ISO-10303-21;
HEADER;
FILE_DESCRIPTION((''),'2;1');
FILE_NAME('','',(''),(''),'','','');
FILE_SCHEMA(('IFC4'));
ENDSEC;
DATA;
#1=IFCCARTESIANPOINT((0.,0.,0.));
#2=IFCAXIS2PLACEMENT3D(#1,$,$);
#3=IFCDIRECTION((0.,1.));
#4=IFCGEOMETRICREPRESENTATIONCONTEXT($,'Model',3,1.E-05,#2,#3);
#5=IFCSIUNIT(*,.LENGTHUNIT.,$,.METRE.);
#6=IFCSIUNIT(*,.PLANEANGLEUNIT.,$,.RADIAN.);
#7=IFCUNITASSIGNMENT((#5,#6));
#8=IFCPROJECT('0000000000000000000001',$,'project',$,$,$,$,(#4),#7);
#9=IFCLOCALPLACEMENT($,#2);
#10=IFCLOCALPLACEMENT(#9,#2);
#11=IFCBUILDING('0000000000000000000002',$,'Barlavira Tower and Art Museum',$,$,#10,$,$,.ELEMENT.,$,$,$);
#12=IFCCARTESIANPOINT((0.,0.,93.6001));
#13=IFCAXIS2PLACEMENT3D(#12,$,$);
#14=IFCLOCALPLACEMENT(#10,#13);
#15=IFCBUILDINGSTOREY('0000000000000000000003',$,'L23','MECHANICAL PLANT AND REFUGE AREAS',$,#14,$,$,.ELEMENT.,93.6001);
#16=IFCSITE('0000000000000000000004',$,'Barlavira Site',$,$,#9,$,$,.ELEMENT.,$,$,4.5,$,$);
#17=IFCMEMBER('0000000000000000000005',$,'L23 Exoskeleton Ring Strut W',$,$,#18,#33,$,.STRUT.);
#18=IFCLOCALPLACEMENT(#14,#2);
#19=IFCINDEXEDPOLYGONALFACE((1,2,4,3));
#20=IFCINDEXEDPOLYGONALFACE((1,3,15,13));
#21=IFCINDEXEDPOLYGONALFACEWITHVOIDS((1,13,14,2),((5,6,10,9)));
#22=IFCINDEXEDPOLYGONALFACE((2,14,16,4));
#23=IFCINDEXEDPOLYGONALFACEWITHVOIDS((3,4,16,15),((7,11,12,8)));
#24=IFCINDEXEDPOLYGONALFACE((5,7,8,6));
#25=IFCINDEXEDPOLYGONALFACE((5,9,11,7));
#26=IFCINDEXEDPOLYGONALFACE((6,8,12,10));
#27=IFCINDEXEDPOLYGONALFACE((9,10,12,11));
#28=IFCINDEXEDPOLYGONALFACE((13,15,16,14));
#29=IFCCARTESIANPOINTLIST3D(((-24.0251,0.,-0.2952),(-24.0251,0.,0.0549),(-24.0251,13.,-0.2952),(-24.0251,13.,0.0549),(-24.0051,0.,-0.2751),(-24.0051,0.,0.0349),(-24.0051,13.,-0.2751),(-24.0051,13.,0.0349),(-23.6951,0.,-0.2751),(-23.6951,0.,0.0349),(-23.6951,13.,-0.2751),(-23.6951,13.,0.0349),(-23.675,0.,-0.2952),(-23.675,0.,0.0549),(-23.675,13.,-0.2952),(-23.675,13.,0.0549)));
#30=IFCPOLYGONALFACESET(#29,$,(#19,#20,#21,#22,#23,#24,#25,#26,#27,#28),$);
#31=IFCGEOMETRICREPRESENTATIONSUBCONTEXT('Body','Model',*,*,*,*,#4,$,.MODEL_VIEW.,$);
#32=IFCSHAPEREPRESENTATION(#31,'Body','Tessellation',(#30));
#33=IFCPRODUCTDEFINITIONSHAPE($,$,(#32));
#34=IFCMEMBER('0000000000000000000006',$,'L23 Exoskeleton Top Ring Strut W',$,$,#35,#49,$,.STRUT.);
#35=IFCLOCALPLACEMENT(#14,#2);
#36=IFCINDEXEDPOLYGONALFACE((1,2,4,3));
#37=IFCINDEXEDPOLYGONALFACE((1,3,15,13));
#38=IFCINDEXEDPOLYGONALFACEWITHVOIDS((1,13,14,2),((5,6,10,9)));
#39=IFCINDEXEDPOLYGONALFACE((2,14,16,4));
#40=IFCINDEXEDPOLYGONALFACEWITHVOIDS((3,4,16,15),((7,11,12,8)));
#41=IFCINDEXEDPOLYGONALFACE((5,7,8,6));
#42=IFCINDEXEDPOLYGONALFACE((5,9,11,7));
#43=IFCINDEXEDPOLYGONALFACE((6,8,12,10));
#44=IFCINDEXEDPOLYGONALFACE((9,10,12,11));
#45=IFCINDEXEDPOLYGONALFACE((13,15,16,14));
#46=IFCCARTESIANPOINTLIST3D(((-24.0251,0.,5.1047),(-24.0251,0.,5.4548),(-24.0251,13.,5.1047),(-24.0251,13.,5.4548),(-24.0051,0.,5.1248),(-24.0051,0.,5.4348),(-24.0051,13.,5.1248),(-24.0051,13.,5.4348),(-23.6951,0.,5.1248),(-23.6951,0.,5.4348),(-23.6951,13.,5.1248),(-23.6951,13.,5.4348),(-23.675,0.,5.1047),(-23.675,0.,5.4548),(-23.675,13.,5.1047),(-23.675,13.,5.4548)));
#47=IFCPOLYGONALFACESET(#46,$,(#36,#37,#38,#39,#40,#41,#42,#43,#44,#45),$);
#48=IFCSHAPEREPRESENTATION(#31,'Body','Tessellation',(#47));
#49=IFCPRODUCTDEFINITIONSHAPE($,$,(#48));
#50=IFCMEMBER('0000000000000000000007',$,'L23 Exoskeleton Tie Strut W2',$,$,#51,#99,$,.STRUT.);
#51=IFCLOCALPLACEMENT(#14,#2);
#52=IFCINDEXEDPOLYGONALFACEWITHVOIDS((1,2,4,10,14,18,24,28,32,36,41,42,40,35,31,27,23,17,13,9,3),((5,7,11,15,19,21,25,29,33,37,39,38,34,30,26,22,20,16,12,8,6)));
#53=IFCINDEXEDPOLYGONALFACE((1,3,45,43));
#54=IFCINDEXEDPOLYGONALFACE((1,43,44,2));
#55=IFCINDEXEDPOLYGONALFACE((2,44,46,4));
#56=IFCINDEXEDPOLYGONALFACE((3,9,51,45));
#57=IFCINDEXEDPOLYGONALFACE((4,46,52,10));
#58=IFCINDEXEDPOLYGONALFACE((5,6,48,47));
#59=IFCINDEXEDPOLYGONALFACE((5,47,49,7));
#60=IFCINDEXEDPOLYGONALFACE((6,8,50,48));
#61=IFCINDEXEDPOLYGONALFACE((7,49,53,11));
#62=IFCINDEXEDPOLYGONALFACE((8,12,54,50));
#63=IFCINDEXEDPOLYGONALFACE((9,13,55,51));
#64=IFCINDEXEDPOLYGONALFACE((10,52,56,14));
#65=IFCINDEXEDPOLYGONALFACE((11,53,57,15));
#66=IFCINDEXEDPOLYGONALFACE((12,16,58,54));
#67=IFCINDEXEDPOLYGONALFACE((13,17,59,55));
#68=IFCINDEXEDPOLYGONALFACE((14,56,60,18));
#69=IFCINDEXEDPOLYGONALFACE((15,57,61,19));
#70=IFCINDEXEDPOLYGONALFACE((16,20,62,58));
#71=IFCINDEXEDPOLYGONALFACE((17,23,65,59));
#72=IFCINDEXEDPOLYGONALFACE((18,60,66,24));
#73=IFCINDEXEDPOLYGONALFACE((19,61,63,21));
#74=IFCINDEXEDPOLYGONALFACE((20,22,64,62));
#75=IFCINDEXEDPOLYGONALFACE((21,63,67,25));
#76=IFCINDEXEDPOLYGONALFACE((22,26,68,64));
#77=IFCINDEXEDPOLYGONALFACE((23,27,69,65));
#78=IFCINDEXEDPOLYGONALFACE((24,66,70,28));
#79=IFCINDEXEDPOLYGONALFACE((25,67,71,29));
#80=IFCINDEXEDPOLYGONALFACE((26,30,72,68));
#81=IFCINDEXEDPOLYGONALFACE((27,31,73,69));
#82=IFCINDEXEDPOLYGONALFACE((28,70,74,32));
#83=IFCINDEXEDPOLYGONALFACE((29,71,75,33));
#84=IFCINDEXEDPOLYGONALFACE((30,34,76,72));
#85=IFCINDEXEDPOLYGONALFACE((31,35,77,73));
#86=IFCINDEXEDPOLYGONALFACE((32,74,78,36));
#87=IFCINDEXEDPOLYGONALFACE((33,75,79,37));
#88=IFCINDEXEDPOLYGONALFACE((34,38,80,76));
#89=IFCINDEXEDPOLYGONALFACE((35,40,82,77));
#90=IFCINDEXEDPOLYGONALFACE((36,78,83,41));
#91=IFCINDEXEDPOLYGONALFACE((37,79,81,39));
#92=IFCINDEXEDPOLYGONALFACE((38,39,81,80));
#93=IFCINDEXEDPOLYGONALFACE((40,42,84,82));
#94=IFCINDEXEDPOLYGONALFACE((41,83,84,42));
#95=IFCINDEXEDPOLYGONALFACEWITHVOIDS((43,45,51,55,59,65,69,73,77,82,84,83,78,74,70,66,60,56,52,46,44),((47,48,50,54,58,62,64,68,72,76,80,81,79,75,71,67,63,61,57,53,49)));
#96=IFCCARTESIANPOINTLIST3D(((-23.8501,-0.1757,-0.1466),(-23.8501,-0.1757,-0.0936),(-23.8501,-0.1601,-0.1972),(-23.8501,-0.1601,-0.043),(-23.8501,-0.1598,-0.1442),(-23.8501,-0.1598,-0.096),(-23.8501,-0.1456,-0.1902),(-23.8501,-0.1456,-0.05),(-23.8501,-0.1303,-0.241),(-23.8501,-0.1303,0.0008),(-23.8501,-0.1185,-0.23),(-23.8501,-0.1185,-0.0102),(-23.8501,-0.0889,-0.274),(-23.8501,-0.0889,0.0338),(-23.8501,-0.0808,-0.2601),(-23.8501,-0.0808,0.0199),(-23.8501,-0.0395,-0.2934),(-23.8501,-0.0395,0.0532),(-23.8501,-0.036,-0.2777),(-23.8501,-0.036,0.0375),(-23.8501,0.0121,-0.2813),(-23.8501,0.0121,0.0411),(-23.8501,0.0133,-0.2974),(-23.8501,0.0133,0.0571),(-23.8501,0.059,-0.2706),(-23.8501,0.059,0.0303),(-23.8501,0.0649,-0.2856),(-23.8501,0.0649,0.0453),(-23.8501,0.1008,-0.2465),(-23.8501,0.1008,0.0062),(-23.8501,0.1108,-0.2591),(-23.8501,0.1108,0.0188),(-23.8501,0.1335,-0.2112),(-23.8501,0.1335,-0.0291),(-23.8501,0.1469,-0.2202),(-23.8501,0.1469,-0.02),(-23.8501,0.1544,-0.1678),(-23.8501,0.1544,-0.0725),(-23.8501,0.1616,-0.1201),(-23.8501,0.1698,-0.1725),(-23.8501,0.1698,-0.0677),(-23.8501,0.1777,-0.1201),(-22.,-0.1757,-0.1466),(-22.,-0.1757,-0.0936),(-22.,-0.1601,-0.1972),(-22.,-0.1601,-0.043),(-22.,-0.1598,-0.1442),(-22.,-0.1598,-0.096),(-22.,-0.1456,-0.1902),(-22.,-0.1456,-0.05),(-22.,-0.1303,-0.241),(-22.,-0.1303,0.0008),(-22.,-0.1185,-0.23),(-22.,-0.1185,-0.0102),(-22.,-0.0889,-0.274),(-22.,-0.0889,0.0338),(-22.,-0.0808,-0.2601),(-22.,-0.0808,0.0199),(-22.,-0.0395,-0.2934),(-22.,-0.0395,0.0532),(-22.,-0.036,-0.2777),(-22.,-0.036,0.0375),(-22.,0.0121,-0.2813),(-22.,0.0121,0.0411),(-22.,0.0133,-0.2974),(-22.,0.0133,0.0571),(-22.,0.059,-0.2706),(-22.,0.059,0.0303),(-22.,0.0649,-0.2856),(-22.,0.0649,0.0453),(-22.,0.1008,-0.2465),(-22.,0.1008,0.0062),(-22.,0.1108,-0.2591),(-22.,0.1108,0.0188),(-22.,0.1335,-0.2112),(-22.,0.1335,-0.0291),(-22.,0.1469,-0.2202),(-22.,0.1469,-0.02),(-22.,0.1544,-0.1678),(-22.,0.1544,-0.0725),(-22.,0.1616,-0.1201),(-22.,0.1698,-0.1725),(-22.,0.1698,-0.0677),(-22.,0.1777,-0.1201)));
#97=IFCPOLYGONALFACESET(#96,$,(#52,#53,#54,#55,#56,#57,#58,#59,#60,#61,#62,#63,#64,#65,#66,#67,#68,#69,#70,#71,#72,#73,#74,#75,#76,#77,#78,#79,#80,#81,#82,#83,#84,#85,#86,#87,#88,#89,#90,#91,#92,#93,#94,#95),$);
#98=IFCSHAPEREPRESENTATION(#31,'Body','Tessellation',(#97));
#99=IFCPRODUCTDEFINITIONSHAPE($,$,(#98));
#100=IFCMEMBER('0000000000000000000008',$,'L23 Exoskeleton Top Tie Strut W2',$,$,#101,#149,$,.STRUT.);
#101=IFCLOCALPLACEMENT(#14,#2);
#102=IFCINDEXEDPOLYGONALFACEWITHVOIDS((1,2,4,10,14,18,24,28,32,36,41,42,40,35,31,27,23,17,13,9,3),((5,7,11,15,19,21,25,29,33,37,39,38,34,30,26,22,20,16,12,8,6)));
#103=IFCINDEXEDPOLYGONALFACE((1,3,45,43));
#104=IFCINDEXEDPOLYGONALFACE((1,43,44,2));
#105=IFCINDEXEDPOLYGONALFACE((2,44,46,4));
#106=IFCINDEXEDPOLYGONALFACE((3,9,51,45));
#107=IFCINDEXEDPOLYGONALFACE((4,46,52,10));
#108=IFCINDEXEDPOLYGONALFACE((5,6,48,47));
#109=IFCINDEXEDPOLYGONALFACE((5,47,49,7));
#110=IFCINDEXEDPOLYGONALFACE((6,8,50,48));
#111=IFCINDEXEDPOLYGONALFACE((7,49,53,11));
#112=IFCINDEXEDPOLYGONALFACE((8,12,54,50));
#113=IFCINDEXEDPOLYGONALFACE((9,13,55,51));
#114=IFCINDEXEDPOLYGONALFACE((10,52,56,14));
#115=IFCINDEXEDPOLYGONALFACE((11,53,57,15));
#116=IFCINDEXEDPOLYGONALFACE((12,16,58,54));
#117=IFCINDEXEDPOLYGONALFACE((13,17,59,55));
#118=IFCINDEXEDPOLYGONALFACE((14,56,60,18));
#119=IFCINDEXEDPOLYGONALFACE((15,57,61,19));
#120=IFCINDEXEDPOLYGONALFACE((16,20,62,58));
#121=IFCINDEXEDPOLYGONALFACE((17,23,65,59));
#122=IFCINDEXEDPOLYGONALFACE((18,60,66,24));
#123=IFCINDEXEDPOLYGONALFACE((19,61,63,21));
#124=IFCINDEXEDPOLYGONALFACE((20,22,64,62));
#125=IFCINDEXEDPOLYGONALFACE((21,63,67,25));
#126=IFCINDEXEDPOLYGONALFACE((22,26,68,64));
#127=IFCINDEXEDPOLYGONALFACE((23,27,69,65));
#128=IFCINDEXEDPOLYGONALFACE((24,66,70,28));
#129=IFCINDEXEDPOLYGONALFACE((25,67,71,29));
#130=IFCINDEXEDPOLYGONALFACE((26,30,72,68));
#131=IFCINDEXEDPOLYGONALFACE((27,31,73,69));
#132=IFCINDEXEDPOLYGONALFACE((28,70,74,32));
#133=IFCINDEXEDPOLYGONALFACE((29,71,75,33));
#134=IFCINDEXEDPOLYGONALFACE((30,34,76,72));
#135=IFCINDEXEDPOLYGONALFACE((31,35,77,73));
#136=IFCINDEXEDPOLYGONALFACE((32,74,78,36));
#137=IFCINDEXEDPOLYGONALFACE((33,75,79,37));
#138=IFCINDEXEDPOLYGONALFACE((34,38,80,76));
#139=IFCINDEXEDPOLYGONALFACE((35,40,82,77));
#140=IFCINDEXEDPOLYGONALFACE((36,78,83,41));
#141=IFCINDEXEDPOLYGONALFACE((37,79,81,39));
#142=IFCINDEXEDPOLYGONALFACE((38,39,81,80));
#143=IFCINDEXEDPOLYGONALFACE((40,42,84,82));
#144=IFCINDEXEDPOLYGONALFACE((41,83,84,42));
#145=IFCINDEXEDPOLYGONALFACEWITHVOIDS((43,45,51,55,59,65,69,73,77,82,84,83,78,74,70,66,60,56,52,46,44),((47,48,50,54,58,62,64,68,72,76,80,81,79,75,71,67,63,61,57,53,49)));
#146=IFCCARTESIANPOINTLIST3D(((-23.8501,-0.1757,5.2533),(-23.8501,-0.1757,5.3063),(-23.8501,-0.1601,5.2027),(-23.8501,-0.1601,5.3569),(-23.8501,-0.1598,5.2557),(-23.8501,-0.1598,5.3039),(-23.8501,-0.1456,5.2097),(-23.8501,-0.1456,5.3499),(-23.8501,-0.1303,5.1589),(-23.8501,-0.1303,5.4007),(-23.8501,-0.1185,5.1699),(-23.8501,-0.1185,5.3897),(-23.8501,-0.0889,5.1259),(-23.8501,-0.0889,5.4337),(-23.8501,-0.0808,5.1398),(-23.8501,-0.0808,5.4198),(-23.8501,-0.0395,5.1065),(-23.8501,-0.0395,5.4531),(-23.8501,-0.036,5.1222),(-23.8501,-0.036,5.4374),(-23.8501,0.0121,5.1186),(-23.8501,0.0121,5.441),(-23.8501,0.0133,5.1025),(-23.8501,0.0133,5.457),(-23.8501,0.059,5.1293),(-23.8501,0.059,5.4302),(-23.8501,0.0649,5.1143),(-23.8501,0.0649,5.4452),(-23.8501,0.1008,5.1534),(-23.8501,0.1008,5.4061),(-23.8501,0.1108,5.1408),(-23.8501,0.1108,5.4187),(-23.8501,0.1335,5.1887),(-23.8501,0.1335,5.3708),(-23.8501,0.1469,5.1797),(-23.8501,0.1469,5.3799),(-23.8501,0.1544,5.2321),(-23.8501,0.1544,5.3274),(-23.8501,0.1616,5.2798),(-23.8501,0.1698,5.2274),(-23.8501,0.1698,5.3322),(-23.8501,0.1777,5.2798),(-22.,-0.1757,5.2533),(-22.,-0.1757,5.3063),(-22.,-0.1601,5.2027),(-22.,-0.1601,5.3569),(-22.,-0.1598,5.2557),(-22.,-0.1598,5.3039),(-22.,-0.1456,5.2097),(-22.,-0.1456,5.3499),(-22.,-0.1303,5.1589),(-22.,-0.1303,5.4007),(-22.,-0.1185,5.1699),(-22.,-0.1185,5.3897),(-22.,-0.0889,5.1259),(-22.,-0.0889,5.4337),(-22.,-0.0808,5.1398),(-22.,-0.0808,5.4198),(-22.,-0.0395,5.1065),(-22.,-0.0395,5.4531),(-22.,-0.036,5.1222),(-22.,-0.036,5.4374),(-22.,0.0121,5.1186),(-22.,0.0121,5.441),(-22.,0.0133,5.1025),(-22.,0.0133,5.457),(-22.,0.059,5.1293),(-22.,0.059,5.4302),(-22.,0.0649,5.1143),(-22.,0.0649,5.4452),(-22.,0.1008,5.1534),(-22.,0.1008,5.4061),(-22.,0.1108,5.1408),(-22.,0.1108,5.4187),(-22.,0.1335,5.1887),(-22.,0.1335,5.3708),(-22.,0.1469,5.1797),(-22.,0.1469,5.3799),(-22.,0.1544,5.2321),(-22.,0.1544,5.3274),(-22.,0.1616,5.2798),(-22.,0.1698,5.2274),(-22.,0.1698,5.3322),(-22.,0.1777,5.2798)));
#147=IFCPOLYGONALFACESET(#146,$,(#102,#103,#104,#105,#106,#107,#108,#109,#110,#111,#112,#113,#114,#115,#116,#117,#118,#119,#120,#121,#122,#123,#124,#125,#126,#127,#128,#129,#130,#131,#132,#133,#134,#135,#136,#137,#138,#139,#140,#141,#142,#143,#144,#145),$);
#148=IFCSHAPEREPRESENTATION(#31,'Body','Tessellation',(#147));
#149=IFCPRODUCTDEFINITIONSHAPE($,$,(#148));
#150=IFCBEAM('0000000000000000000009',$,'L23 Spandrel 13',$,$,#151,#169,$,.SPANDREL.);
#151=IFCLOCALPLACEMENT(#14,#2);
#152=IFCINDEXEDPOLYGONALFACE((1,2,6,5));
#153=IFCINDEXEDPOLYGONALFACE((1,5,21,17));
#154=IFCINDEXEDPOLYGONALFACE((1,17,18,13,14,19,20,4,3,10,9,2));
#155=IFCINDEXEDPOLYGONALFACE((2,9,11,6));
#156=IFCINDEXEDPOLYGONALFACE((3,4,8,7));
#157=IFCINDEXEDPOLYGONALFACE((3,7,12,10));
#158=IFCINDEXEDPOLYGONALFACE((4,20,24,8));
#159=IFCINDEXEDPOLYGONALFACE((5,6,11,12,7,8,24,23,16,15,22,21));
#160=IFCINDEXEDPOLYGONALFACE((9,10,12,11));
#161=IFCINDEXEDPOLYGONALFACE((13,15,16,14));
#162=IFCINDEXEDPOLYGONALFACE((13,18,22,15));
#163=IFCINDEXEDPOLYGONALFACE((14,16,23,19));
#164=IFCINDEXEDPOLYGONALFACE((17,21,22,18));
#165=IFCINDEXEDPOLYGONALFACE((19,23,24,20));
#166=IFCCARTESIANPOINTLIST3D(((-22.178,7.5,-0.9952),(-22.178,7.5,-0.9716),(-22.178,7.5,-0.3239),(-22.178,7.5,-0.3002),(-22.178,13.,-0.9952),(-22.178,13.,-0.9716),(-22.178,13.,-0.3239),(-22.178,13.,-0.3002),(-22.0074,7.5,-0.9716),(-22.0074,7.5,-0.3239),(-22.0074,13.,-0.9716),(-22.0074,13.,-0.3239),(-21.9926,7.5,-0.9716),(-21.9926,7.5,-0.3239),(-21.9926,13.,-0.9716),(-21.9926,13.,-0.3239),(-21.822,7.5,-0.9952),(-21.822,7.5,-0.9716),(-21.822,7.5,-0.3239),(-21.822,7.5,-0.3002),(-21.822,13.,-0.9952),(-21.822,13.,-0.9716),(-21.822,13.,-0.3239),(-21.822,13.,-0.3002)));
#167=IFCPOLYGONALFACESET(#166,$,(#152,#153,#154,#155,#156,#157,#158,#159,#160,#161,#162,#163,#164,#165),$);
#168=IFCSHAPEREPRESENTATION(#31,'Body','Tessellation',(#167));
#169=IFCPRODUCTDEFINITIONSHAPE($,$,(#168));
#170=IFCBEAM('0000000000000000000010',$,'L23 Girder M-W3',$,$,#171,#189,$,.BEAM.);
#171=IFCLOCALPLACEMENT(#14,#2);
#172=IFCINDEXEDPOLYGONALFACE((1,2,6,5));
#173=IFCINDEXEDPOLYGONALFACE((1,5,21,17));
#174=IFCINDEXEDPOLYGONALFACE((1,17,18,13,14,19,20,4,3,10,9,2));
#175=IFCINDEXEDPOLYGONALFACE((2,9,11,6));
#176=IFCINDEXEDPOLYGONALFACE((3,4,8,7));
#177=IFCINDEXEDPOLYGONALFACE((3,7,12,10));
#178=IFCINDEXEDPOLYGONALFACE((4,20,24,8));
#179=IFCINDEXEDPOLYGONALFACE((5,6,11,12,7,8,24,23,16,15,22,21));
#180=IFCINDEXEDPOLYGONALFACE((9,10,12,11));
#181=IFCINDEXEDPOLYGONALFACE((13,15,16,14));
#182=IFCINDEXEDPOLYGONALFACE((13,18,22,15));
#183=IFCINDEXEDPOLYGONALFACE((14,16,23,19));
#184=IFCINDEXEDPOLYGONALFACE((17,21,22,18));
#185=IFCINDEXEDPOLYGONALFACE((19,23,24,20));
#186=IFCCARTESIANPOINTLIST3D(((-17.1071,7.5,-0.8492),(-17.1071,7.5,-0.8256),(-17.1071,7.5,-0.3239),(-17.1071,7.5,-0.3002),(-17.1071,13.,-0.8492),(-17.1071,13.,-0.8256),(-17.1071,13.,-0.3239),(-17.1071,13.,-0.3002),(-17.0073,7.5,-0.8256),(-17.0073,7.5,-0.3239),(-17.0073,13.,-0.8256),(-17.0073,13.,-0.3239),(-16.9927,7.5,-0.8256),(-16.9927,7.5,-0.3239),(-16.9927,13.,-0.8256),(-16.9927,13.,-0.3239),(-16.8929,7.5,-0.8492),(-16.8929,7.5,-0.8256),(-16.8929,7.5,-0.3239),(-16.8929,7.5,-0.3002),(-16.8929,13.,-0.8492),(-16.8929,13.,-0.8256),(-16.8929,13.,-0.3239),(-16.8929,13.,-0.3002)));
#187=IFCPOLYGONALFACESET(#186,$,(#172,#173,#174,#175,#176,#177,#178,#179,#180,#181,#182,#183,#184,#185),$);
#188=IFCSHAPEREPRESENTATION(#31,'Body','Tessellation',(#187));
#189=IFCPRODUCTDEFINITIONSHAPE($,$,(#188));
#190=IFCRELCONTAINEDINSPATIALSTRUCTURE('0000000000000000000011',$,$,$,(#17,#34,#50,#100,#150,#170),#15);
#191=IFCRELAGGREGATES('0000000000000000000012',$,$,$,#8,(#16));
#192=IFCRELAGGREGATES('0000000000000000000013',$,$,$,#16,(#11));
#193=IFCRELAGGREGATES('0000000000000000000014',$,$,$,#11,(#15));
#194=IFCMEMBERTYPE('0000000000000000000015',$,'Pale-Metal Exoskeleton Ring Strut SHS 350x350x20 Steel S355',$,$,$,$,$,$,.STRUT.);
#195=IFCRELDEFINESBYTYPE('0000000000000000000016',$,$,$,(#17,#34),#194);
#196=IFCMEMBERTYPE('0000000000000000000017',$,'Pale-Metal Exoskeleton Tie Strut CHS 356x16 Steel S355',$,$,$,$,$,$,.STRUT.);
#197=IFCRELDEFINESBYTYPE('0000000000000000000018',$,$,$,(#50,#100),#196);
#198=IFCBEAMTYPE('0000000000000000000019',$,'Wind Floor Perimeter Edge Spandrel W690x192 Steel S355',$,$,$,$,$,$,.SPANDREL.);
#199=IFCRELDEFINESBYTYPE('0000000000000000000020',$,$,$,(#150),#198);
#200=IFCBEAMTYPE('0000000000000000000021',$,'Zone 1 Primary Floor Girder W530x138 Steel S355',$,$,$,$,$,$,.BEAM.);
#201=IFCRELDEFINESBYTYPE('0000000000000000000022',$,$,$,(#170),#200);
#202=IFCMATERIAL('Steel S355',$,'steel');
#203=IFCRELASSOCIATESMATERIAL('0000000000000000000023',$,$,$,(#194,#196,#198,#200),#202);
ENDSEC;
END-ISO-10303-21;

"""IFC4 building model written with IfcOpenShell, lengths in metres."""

from ifc_helpers import new_model, si_unit, direction, frame, origin, origin_2d, place, context, subcontext, project, spatial, hollow_rectangle, hollow_circle, i_section, extrude, material, material_profile, profile_set, type_object, element, save


model = new_model("IFC4")

# Units and contexts
model_context = context("Model", 3, precision=1e-05, world=origin(), true_north=direction((0.0, 1.0)))
body_context = subcontext(model_context, "Body", "Model", "MODEL_VIEW")
ifc_project = project(units=[si_unit("LENGTHUNIT", "METRE"), si_unit("PLANEANGLEUNIT", "RADIAN")], contexts=[model_context])

# Site, building, storey
site_placement = place(None, origin())
site = spatial("IfcSite", under=ifc_project, at=site_placement, Name="Barlavira Site", CompositionType="ELEMENT", RefElevation=4.5)
building_placement = place(site_placement, origin())
building = spatial("IfcBuilding", under=site, at=building_placement, Name="Barlavira Tower and Art Museum", CompositionType="ELEMENT")
storey_placement = place(building_placement, frame((0.0, 0.0, 93.6001)))
storey = spatial("IfcBuildingStorey", under=building, at=storey_placement, Name="L23", Description="MECHANICAL PLANT AND REFUGE AREAS", CompositionType="ELEMENT", Elevation=93.6001)

# Members
ifc_material_1 = material(Name="Steel S355", Category="steel")
ifc_material_profile_1 = material_profile(ifc_material_1, hollow_rectangle(XDim=0.3501, YDim=0.3501, WallThickness=0.02, at=origin_2d()), Name="SHS 350x350x20.0")
ifc_profile_set_1 = profile_set([ifc_material_profile_1], Name="Steel S355")
member_type_1 = type_object("IfcMemberType", Name="Pale-Metal Exoskeleton Ring Strut SHS 350x350x20 Steel S355", PredefinedType="STRUT", material=ifc_profile_set_1)
for number, where, z_axis, x_axis, name in (
    (1, (-23.8501, 0.0, -0.1201), (0.0, 1.0, 0.0), (-1.0, 0.0, 0.0), "L23 Exoskeleton Ring Strut W"),
    (2, (-23.8501, 0.0, 5.2798), (0.0, 1.0, 0.0), (-1.0, 0.0, 0.0), "L23 Exoskeleton Top Ring Strut W"),
):
    element("IfcMember", number, at=place(storey_placement, frame(where, z_axis=z_axis, x_axis=x_axis)), inside=storey, type_object=member_type_1, Name=name, PredefinedType="STRUT", context=body_context, shape_type="SweptSolid", body=[
        extrude(hollow_rectangle(XDim=0.3501, YDim=0.3501, WallThickness=0.02, at=origin_2d()), origin(), (0.0, 0.0, 1.0), 13.0),
    ])
ifc_material_profile_2 = material_profile(ifc_material_1, hollow_circle(Radius=0.1777, WallThickness=0.0161, at=origin_2d()), Name="CHS 355.6x16.0")
ifc_profile_set_2 = profile_set([ifc_material_profile_2], Name="Steel S355")
member_type_2 = type_object("IfcMemberType", Name="Pale-Metal Exoskeleton Tie Strut CHS 356x16 Steel S355", PredefinedType="STRUT", material=ifc_profile_set_2)
for number, where, z_axis, x_axis, name in (
    (3, (-23.8501, 0.0, -0.1201), (1.0, 0.0, 0.0), (0.0, 1.0, 0.0), "L23 Exoskeleton Tie Strut W2"),
    (4, (-23.8501, 0.0, 5.2798), (1.0, 0.0, 0.0), (0.0, 1.0, 0.0), "L23 Exoskeleton Top Tie Strut W2"),
):
    element("IfcMember", number, at=place(storey_placement, frame(where, z_axis=z_axis, x_axis=x_axis)), inside=storey, type_object=member_type_2, Name=name, PredefinedType="STRUT", context=body_context, shape_type="SweptSolid", body=[
        extrude(hollow_circle(Radius=0.1777, WallThickness=0.0161, at=origin_2d()), origin(), (0.0, 0.0, 1.0), 1.8501),
    ])

# Beams
ifc_material_profile_3 = material_profile(ifc_material_1, i_section(OverallWidth=0.356, OverallDepth=0.6951, WebThickness=0.0149, FlangeThickness=0.0237, at=origin_2d()), Name="W690x192.0")
ifc_profile_set_3 = profile_set([ifc_material_profile_3], Name="Steel S355")
beam_type_1 = type_object("IfcBeamType", Name="Wind Floor Perimeter Edge Spandrel W690x192 Steel S355", PredefinedType="SPANDREL", material=ifc_profile_set_3)
beam_1_placement = place(storey_placement, frame((-22.0, 7.5, -0.6477), z_axis=(0.0, 1.0, 0.0), x_axis=(-1.0, 0.0, 0.0)))
element("IfcBeam", 5, at=beam_1_placement, inside=storey, type_object=beam_type_1, Name="L23 Spandrel 13", PredefinedType="SPANDREL", context=body_context, shape_type="SweptSolid", body=[
    extrude(i_section(OverallWidth=0.356, OverallDepth=0.6951, WebThickness=0.0149, FlangeThickness=0.0237, at=origin_2d()), origin(), (0.0, 0.0, 1.0), 5.5),
])
ifc_material_profile_4 = material_profile(ifc_material_1, i_section(OverallWidth=0.2141, OverallDepth=0.5491, WebThickness=0.0146, FlangeThickness=0.0237, at=origin_2d()), Name="W530x138.0")
ifc_profile_set_4 = profile_set([ifc_material_profile_4], Name="Steel S355")
beam_type_2 = type_object("IfcBeamType", Name="Zone 1 Primary Floor Girder W530x138 Steel S355", PredefinedType="BEAM", material=ifc_profile_set_4)
beam_2_placement = place(storey_placement, frame((-17.0, 7.5, -0.5747), z_axis=(0.0, 1.0, 0.0), x_axis=(-1.0, 0.0, 0.0)))
element("IfcBeam", 6, at=beam_2_placement, inside=storey, type_object=beam_type_2, Name="L23 Girder M-W3", PredefinedType="BEAM", context=body_context, shape_type="SweptSolid", body=[
    extrude(i_section(OverallWidth=0.2141, OverallDepth=0.5491, WebThickness=0.0146, FlangeThickness=0.0237, at=origin_2d()), origin(), (0.0, 0.0, 1.0), 5.5),
])

save(model, "model.ifc")
